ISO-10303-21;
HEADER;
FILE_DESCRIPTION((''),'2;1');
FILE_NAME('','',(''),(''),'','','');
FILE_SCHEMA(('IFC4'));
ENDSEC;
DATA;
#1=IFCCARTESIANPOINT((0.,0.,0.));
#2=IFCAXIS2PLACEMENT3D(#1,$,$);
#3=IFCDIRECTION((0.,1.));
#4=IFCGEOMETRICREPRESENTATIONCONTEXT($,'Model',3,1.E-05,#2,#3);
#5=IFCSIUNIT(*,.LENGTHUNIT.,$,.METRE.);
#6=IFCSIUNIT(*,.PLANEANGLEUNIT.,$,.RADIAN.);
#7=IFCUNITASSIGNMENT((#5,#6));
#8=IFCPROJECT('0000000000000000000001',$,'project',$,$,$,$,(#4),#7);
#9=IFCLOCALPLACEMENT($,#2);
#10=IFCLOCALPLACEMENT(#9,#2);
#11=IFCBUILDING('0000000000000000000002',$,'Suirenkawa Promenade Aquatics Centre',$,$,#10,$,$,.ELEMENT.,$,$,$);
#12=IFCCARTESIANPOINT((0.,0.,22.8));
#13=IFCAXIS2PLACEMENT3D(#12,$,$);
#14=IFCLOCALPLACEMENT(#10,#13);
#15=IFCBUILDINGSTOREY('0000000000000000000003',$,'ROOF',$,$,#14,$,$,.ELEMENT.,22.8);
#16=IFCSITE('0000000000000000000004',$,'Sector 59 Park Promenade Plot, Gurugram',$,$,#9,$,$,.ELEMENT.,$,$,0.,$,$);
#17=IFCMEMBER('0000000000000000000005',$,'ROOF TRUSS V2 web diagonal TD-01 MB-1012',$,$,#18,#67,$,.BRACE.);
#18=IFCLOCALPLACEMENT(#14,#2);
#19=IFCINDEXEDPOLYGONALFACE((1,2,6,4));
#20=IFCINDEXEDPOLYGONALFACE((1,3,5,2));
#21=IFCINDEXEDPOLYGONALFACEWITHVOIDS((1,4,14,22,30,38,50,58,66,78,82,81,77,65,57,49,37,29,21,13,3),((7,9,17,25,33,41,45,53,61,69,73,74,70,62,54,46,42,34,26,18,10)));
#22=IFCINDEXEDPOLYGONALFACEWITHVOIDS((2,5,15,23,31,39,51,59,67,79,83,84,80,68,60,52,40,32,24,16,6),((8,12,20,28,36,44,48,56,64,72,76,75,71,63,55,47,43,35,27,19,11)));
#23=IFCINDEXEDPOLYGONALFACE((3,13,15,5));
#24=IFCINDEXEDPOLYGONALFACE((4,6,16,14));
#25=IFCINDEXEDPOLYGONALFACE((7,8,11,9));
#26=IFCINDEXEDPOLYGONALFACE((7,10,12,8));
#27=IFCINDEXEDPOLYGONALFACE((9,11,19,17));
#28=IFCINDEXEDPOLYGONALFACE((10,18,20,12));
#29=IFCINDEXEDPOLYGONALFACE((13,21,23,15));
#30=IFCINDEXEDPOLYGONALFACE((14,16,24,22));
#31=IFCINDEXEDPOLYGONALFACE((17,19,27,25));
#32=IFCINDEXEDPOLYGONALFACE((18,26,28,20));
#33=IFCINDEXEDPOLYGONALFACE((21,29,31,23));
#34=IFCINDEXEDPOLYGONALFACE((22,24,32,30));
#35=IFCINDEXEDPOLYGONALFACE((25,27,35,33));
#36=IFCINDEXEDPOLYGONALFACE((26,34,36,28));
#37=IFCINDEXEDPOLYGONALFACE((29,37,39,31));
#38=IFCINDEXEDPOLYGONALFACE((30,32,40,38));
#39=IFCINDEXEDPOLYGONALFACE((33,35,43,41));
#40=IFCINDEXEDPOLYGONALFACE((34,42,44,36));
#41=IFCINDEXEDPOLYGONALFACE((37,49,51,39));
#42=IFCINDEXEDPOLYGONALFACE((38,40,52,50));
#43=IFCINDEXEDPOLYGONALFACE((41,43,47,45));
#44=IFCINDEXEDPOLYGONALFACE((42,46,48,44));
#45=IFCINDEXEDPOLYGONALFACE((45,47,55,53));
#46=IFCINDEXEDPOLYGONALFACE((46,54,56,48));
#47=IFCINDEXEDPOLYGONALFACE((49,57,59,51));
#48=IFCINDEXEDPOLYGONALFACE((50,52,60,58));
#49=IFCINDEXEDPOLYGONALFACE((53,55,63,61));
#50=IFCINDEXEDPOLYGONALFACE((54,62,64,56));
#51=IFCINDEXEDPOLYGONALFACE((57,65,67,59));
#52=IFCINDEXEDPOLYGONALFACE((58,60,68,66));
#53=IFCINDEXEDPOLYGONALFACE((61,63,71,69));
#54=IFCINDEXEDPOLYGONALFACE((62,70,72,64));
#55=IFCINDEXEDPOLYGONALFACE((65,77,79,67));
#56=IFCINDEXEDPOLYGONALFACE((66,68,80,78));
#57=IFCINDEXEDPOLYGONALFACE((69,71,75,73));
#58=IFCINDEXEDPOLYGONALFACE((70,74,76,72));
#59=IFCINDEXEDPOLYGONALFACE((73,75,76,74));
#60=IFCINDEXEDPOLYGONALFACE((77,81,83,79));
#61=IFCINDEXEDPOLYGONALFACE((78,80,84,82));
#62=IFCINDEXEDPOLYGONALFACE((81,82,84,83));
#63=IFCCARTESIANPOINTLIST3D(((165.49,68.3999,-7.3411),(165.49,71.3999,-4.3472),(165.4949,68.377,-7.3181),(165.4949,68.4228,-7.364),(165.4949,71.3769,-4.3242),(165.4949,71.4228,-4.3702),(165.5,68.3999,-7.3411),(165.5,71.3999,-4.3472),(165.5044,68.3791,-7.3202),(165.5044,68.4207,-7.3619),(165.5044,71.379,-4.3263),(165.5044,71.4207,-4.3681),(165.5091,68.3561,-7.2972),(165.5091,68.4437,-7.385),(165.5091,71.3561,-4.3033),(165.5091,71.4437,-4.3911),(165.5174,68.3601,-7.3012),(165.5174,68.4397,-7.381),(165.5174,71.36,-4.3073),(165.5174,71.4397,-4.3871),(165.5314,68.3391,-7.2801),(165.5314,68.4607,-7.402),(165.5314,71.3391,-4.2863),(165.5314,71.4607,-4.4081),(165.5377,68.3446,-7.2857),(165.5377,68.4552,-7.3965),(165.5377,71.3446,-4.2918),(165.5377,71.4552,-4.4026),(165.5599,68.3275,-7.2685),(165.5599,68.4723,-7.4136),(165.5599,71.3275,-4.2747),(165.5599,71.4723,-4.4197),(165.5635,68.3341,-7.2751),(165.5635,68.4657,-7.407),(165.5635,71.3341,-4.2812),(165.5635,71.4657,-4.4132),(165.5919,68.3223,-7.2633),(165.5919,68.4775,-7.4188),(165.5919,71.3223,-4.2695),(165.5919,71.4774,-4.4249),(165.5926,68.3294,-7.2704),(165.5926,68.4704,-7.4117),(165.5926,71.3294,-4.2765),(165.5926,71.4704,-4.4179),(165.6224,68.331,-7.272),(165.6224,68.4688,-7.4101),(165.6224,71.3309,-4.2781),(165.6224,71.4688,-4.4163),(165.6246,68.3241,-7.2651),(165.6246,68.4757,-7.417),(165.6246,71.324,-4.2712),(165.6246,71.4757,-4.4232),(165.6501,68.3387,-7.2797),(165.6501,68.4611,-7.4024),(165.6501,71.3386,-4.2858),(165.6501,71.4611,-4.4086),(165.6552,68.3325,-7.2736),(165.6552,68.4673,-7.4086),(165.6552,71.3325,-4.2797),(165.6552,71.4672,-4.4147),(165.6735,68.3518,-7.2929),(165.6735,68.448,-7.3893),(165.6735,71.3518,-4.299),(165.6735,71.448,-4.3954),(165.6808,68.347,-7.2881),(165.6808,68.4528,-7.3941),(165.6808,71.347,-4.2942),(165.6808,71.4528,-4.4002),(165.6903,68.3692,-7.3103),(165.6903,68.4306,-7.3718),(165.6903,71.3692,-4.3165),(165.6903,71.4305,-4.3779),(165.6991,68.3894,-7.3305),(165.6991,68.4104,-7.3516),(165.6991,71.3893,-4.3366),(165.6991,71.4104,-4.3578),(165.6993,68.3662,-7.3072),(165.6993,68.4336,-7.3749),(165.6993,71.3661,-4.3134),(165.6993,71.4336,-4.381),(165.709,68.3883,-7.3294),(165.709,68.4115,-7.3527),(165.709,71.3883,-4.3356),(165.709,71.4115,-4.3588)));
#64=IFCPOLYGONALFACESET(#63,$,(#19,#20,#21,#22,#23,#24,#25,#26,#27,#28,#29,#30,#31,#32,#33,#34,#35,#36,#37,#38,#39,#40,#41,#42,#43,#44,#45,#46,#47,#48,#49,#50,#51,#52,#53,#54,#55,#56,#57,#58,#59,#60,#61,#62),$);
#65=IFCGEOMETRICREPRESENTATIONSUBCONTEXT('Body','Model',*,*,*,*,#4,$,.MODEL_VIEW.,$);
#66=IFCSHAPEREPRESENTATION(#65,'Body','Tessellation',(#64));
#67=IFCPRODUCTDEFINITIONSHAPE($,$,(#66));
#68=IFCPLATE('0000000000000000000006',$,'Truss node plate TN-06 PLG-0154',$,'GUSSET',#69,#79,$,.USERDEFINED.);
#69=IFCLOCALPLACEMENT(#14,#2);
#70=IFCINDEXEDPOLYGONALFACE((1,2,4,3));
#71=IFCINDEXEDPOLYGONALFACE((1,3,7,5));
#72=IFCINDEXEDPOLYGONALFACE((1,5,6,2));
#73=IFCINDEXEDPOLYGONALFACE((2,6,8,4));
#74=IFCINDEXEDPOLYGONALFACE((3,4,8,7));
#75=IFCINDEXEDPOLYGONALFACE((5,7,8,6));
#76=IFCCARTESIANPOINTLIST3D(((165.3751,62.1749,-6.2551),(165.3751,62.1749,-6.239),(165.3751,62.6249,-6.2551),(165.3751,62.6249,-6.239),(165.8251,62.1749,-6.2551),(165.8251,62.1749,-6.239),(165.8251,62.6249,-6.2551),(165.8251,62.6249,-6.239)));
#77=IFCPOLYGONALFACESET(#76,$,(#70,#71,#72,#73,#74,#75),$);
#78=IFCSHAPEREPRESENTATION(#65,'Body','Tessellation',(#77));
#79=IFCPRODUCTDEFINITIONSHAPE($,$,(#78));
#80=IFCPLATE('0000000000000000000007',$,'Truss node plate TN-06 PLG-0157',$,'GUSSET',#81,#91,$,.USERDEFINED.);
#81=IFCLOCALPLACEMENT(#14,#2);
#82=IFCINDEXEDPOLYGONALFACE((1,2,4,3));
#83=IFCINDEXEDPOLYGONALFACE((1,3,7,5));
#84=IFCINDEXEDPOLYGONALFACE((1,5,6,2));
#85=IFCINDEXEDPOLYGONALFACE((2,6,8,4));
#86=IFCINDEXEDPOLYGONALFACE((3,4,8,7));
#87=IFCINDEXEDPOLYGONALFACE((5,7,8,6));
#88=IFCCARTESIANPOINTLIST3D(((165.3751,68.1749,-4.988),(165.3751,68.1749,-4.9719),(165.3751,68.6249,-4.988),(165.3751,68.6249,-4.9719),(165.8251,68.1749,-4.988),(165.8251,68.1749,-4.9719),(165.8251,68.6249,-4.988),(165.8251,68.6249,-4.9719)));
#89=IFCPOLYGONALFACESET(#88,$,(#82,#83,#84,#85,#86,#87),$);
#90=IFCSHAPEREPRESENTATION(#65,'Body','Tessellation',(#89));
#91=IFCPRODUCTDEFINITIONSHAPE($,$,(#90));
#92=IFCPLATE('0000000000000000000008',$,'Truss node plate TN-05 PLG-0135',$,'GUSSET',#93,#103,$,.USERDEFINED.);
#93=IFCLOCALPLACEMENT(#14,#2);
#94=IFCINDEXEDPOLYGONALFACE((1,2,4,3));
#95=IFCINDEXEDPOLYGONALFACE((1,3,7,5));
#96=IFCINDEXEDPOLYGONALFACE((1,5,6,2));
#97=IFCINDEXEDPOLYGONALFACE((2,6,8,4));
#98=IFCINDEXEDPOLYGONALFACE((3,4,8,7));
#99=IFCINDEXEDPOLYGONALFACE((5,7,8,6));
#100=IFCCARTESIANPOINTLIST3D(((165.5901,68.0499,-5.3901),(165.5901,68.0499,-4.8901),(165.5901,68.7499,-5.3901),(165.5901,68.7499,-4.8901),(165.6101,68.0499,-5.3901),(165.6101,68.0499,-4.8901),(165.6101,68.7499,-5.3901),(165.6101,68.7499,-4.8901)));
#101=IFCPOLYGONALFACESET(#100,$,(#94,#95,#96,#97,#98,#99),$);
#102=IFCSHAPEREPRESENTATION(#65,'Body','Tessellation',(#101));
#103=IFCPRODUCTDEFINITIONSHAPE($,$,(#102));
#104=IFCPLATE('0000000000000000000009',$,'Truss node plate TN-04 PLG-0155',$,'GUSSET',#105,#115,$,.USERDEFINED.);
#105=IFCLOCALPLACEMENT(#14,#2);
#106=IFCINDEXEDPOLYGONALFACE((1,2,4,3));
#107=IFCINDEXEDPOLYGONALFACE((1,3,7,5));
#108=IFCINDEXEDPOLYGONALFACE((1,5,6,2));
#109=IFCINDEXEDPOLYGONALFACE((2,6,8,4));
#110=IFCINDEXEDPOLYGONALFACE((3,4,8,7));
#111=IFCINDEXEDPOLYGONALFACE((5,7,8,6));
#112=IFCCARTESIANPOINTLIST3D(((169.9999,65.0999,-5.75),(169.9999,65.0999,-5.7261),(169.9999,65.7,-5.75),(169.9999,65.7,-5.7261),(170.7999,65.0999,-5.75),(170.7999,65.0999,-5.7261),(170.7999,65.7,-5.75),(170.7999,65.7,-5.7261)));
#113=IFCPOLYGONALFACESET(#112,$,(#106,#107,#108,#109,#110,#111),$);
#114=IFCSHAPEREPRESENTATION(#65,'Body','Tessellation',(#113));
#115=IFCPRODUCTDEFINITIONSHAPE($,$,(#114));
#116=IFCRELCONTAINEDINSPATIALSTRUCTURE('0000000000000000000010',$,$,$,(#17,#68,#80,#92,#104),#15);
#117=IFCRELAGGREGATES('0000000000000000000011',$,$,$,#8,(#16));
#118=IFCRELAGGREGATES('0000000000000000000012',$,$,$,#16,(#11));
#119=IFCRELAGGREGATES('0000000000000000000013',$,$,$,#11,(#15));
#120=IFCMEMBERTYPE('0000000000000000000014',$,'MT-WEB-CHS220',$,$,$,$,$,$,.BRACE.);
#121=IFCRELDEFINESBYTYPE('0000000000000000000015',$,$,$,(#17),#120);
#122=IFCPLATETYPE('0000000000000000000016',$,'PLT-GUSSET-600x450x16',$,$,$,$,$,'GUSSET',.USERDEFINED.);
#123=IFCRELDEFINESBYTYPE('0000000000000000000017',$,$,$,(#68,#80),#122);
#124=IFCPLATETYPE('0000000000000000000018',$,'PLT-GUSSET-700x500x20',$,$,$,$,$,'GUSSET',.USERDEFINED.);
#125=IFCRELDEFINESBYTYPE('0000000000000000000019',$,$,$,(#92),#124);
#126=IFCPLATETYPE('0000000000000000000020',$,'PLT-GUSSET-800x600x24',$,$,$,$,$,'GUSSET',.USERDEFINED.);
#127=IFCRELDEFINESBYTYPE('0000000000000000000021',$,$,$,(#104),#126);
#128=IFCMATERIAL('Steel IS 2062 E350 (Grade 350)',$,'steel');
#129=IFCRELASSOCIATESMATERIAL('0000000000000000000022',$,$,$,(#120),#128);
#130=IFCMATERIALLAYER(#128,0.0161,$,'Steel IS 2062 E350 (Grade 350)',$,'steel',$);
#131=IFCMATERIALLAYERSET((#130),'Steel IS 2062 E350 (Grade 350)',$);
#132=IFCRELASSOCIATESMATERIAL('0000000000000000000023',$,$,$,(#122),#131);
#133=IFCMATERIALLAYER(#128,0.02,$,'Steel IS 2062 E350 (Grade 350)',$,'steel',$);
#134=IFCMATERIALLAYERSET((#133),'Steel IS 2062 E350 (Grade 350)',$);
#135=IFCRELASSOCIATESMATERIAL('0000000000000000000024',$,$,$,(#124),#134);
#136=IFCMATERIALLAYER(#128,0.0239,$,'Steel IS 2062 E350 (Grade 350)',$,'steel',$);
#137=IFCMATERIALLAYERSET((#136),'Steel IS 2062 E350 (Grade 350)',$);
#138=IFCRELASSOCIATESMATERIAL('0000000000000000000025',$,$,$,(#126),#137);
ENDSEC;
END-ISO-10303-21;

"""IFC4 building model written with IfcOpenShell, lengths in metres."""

from ifc_helpers import new_model, si_unit, direction, frame, origin, origin_2d, place, context, subcontext, project, spatial, rectangle, hollow_circle, extrude, material, layer, layer_set, material_profile, profile_set, type_object, element, save


model = new_model("IFC4")

# Units and contexts
model_context = context("Model", 3, precision=1e-05, world=origin(), true_north=direction((0.0, 1.0)))
body_context = subcontext(model_context, "Body", "Model", "MODEL_VIEW")
ifc_project = project(units=[si_unit("LENGTHUNIT", "METRE"), si_unit("PLANEANGLEUNIT", "RADIAN")], contexts=[model_context])

# Site, building, storey
site_placement = place(None, origin())
site = spatial("IfcSite", under=ifc_project, at=site_placement, Name="Sector 59 Park Promenade Plot, Gurugram", CompositionType="ELEMENT", RefElevation=0.0)
building_placement = place(site_placement, origin())
building = spatial("IfcBuilding", under=site, at=building_placement, Name="Suirenkawa Promenade Aquatics Centre", CompositionType="ELEMENT")
storey_placement = place(building_placement, frame((0.0, 0.0, 22.8)))
storey = spatial("IfcBuildingStorey", under=building, at=storey_placement, Name="ROOF", CompositionType="ELEMENT", Elevation=22.8)

# Shared definitions
ifc_material = material(Name="Steel IS 2062 E350 (Grade 350)", Category="steel")

# Member
ifc_material_profile_1 = material_profile(ifc_material, hollow_circle(Radius=0.1101, WallThickness=0.01, at=origin_2d()), Name="CHS 220x10", Category="steel")
ifc_profile_set_1 = profile_set([ifc_material_profile_1], Name="Steel IS 2062 E350 (Grade 350)")
member_type_1 = type_object("IfcMemberType", Name="MT-WEB-CHS220", PredefinedType="BRACE", material=ifc_profile_set_1)
member_1_placement = place(storey_placement, frame((165.6001, 68.3999, -7.3411), z_axis=(0.0, 0.707826, 0.706386), x_axis=(-1.0, 0.0, 0.0)))
element("IfcMember", 1, at=member_1_placement, inside=storey, type_object=member_type_1, Name="ROOF TRUSS V2 web diagonal TD-01 MB-1012", PredefinedType="BRACE", context=body_context, shape_type="SweptSolid", body=[
    extrude(hollow_circle(Radius=0.1101, WallThickness=0.01, at=origin_2d()), origin(), (0.0, 0.0, 1.0), 4.2383),
])

# Plates
ifc_layer_1 = layer(ifc_material, 0.0161, Name="Steel IS 2062 E350 (Grade 350)", Category="steel")
ifc_layer_set_1 = layer_set([ifc_layer_1], Name="Steel IS 2062 E350 (Grade 350)")
plate_type_1 = type_object("IfcPlateType", Name="PLT-GUSSET-600x450x16", ElementType="GUSSET", PredefinedType="USERDEFINED", material=ifc_layer_set_1)
for number, where, z_axis, x_axis, name in (
    (2, (165.6001, 62.3999, -6.2551), (0.0, 0.0, 1.0), (1.0, 0.0, 0.0), "Truss node plate TN-06 PLG-0154"),
    (3, (165.6001, 68.3999, -4.988), (0.0, 0.0, 1.0), (1.0, 0.0, 0.0), "Truss node plate TN-06 PLG-0157"),
):
    element("IfcPlate", number, at=place(storey_placement, frame(where, z_axis=z_axis, x_axis=x_axis)), inside=storey, type_object=plate_type_1, Name=name, ObjectType="GUSSET", PredefinedType="USERDEFINED", context=body_context, shape_type="SweptSolid", body=[
        extrude(rectangle(XDim=0.45, YDim=0.45, at=origin_2d()), origin(), (0.0, 0.0, 1.0), 0.0161),
    ])
ifc_layer_2 = layer(ifc_material, 0.02, Name="Steel IS 2062 E350 (Grade 350)", Category="steel")
ifc_layer_set_2 = layer_set([ifc_layer_2], Name="Steel IS 2062 E350 (Grade 350)")
plate_type_2 = type_object("IfcPlateType", Name="PLT-GUSSET-700x500x20", ElementType="GUSSET", PredefinedType="USERDEFINED", material=ifc_layer_set_2)
plate_1_placement = place(storey_placement, frame((165.6001, 68.3999, -5.3901), z_axis=(0.0, 0.0, 1.0), x_axis=(0.0, 1.0, 0.0)))
element("IfcPlate", 4, at=plate_1_placement, inside=storey, type_object=plate_type_2, Name="Truss node plate TN-05 PLG-0135", ObjectType="GUSSET", PredefinedType="USERDEFINED", context=body_context, shape_type="SweptSolid", body=[
    extrude(rectangle(XDim=0.7, YDim=0.02, at=origin_2d()), origin(), (0.0, 0.0, 1.0), 0.5),
])
ifc_layer_3 = layer(ifc_material, 0.0239, Name="Steel IS 2062 E350 (Grade 350)", Category="steel")
ifc_layer_set_3 = layer_set([ifc_layer_3], Name="Steel IS 2062 E350 (Grade 350)")
plate_type_3 = type_object("IfcPlateType", Name="PLT-GUSSET-800x600x24", ElementType="GUSSET", PredefinedType="USERDEFINED", material=ifc_layer_set_3)
plate_2_placement = place(storey_placement, frame((170.3999, 65.3999, -5.75), z_axis=(0.0, 0.0, 1.0), x_axis=(1.0, 0.0, 0.0)))
element("IfcPlate", 5, at=plate_2_placement, inside=storey, type_object=plate_type_3, Name="Truss node plate TN-04 PLG-0155", ObjectType="GUSSET", PredefinedType="USERDEFINED", context=body_context, shape_type="SweptSolid", body=[
    extrude(rectangle(XDim=0.8, YDim=0.6001, at=origin_2d()), origin(), (0.0, 0.0, 1.0), 0.0239),
])

save(model, "model.ifc")
